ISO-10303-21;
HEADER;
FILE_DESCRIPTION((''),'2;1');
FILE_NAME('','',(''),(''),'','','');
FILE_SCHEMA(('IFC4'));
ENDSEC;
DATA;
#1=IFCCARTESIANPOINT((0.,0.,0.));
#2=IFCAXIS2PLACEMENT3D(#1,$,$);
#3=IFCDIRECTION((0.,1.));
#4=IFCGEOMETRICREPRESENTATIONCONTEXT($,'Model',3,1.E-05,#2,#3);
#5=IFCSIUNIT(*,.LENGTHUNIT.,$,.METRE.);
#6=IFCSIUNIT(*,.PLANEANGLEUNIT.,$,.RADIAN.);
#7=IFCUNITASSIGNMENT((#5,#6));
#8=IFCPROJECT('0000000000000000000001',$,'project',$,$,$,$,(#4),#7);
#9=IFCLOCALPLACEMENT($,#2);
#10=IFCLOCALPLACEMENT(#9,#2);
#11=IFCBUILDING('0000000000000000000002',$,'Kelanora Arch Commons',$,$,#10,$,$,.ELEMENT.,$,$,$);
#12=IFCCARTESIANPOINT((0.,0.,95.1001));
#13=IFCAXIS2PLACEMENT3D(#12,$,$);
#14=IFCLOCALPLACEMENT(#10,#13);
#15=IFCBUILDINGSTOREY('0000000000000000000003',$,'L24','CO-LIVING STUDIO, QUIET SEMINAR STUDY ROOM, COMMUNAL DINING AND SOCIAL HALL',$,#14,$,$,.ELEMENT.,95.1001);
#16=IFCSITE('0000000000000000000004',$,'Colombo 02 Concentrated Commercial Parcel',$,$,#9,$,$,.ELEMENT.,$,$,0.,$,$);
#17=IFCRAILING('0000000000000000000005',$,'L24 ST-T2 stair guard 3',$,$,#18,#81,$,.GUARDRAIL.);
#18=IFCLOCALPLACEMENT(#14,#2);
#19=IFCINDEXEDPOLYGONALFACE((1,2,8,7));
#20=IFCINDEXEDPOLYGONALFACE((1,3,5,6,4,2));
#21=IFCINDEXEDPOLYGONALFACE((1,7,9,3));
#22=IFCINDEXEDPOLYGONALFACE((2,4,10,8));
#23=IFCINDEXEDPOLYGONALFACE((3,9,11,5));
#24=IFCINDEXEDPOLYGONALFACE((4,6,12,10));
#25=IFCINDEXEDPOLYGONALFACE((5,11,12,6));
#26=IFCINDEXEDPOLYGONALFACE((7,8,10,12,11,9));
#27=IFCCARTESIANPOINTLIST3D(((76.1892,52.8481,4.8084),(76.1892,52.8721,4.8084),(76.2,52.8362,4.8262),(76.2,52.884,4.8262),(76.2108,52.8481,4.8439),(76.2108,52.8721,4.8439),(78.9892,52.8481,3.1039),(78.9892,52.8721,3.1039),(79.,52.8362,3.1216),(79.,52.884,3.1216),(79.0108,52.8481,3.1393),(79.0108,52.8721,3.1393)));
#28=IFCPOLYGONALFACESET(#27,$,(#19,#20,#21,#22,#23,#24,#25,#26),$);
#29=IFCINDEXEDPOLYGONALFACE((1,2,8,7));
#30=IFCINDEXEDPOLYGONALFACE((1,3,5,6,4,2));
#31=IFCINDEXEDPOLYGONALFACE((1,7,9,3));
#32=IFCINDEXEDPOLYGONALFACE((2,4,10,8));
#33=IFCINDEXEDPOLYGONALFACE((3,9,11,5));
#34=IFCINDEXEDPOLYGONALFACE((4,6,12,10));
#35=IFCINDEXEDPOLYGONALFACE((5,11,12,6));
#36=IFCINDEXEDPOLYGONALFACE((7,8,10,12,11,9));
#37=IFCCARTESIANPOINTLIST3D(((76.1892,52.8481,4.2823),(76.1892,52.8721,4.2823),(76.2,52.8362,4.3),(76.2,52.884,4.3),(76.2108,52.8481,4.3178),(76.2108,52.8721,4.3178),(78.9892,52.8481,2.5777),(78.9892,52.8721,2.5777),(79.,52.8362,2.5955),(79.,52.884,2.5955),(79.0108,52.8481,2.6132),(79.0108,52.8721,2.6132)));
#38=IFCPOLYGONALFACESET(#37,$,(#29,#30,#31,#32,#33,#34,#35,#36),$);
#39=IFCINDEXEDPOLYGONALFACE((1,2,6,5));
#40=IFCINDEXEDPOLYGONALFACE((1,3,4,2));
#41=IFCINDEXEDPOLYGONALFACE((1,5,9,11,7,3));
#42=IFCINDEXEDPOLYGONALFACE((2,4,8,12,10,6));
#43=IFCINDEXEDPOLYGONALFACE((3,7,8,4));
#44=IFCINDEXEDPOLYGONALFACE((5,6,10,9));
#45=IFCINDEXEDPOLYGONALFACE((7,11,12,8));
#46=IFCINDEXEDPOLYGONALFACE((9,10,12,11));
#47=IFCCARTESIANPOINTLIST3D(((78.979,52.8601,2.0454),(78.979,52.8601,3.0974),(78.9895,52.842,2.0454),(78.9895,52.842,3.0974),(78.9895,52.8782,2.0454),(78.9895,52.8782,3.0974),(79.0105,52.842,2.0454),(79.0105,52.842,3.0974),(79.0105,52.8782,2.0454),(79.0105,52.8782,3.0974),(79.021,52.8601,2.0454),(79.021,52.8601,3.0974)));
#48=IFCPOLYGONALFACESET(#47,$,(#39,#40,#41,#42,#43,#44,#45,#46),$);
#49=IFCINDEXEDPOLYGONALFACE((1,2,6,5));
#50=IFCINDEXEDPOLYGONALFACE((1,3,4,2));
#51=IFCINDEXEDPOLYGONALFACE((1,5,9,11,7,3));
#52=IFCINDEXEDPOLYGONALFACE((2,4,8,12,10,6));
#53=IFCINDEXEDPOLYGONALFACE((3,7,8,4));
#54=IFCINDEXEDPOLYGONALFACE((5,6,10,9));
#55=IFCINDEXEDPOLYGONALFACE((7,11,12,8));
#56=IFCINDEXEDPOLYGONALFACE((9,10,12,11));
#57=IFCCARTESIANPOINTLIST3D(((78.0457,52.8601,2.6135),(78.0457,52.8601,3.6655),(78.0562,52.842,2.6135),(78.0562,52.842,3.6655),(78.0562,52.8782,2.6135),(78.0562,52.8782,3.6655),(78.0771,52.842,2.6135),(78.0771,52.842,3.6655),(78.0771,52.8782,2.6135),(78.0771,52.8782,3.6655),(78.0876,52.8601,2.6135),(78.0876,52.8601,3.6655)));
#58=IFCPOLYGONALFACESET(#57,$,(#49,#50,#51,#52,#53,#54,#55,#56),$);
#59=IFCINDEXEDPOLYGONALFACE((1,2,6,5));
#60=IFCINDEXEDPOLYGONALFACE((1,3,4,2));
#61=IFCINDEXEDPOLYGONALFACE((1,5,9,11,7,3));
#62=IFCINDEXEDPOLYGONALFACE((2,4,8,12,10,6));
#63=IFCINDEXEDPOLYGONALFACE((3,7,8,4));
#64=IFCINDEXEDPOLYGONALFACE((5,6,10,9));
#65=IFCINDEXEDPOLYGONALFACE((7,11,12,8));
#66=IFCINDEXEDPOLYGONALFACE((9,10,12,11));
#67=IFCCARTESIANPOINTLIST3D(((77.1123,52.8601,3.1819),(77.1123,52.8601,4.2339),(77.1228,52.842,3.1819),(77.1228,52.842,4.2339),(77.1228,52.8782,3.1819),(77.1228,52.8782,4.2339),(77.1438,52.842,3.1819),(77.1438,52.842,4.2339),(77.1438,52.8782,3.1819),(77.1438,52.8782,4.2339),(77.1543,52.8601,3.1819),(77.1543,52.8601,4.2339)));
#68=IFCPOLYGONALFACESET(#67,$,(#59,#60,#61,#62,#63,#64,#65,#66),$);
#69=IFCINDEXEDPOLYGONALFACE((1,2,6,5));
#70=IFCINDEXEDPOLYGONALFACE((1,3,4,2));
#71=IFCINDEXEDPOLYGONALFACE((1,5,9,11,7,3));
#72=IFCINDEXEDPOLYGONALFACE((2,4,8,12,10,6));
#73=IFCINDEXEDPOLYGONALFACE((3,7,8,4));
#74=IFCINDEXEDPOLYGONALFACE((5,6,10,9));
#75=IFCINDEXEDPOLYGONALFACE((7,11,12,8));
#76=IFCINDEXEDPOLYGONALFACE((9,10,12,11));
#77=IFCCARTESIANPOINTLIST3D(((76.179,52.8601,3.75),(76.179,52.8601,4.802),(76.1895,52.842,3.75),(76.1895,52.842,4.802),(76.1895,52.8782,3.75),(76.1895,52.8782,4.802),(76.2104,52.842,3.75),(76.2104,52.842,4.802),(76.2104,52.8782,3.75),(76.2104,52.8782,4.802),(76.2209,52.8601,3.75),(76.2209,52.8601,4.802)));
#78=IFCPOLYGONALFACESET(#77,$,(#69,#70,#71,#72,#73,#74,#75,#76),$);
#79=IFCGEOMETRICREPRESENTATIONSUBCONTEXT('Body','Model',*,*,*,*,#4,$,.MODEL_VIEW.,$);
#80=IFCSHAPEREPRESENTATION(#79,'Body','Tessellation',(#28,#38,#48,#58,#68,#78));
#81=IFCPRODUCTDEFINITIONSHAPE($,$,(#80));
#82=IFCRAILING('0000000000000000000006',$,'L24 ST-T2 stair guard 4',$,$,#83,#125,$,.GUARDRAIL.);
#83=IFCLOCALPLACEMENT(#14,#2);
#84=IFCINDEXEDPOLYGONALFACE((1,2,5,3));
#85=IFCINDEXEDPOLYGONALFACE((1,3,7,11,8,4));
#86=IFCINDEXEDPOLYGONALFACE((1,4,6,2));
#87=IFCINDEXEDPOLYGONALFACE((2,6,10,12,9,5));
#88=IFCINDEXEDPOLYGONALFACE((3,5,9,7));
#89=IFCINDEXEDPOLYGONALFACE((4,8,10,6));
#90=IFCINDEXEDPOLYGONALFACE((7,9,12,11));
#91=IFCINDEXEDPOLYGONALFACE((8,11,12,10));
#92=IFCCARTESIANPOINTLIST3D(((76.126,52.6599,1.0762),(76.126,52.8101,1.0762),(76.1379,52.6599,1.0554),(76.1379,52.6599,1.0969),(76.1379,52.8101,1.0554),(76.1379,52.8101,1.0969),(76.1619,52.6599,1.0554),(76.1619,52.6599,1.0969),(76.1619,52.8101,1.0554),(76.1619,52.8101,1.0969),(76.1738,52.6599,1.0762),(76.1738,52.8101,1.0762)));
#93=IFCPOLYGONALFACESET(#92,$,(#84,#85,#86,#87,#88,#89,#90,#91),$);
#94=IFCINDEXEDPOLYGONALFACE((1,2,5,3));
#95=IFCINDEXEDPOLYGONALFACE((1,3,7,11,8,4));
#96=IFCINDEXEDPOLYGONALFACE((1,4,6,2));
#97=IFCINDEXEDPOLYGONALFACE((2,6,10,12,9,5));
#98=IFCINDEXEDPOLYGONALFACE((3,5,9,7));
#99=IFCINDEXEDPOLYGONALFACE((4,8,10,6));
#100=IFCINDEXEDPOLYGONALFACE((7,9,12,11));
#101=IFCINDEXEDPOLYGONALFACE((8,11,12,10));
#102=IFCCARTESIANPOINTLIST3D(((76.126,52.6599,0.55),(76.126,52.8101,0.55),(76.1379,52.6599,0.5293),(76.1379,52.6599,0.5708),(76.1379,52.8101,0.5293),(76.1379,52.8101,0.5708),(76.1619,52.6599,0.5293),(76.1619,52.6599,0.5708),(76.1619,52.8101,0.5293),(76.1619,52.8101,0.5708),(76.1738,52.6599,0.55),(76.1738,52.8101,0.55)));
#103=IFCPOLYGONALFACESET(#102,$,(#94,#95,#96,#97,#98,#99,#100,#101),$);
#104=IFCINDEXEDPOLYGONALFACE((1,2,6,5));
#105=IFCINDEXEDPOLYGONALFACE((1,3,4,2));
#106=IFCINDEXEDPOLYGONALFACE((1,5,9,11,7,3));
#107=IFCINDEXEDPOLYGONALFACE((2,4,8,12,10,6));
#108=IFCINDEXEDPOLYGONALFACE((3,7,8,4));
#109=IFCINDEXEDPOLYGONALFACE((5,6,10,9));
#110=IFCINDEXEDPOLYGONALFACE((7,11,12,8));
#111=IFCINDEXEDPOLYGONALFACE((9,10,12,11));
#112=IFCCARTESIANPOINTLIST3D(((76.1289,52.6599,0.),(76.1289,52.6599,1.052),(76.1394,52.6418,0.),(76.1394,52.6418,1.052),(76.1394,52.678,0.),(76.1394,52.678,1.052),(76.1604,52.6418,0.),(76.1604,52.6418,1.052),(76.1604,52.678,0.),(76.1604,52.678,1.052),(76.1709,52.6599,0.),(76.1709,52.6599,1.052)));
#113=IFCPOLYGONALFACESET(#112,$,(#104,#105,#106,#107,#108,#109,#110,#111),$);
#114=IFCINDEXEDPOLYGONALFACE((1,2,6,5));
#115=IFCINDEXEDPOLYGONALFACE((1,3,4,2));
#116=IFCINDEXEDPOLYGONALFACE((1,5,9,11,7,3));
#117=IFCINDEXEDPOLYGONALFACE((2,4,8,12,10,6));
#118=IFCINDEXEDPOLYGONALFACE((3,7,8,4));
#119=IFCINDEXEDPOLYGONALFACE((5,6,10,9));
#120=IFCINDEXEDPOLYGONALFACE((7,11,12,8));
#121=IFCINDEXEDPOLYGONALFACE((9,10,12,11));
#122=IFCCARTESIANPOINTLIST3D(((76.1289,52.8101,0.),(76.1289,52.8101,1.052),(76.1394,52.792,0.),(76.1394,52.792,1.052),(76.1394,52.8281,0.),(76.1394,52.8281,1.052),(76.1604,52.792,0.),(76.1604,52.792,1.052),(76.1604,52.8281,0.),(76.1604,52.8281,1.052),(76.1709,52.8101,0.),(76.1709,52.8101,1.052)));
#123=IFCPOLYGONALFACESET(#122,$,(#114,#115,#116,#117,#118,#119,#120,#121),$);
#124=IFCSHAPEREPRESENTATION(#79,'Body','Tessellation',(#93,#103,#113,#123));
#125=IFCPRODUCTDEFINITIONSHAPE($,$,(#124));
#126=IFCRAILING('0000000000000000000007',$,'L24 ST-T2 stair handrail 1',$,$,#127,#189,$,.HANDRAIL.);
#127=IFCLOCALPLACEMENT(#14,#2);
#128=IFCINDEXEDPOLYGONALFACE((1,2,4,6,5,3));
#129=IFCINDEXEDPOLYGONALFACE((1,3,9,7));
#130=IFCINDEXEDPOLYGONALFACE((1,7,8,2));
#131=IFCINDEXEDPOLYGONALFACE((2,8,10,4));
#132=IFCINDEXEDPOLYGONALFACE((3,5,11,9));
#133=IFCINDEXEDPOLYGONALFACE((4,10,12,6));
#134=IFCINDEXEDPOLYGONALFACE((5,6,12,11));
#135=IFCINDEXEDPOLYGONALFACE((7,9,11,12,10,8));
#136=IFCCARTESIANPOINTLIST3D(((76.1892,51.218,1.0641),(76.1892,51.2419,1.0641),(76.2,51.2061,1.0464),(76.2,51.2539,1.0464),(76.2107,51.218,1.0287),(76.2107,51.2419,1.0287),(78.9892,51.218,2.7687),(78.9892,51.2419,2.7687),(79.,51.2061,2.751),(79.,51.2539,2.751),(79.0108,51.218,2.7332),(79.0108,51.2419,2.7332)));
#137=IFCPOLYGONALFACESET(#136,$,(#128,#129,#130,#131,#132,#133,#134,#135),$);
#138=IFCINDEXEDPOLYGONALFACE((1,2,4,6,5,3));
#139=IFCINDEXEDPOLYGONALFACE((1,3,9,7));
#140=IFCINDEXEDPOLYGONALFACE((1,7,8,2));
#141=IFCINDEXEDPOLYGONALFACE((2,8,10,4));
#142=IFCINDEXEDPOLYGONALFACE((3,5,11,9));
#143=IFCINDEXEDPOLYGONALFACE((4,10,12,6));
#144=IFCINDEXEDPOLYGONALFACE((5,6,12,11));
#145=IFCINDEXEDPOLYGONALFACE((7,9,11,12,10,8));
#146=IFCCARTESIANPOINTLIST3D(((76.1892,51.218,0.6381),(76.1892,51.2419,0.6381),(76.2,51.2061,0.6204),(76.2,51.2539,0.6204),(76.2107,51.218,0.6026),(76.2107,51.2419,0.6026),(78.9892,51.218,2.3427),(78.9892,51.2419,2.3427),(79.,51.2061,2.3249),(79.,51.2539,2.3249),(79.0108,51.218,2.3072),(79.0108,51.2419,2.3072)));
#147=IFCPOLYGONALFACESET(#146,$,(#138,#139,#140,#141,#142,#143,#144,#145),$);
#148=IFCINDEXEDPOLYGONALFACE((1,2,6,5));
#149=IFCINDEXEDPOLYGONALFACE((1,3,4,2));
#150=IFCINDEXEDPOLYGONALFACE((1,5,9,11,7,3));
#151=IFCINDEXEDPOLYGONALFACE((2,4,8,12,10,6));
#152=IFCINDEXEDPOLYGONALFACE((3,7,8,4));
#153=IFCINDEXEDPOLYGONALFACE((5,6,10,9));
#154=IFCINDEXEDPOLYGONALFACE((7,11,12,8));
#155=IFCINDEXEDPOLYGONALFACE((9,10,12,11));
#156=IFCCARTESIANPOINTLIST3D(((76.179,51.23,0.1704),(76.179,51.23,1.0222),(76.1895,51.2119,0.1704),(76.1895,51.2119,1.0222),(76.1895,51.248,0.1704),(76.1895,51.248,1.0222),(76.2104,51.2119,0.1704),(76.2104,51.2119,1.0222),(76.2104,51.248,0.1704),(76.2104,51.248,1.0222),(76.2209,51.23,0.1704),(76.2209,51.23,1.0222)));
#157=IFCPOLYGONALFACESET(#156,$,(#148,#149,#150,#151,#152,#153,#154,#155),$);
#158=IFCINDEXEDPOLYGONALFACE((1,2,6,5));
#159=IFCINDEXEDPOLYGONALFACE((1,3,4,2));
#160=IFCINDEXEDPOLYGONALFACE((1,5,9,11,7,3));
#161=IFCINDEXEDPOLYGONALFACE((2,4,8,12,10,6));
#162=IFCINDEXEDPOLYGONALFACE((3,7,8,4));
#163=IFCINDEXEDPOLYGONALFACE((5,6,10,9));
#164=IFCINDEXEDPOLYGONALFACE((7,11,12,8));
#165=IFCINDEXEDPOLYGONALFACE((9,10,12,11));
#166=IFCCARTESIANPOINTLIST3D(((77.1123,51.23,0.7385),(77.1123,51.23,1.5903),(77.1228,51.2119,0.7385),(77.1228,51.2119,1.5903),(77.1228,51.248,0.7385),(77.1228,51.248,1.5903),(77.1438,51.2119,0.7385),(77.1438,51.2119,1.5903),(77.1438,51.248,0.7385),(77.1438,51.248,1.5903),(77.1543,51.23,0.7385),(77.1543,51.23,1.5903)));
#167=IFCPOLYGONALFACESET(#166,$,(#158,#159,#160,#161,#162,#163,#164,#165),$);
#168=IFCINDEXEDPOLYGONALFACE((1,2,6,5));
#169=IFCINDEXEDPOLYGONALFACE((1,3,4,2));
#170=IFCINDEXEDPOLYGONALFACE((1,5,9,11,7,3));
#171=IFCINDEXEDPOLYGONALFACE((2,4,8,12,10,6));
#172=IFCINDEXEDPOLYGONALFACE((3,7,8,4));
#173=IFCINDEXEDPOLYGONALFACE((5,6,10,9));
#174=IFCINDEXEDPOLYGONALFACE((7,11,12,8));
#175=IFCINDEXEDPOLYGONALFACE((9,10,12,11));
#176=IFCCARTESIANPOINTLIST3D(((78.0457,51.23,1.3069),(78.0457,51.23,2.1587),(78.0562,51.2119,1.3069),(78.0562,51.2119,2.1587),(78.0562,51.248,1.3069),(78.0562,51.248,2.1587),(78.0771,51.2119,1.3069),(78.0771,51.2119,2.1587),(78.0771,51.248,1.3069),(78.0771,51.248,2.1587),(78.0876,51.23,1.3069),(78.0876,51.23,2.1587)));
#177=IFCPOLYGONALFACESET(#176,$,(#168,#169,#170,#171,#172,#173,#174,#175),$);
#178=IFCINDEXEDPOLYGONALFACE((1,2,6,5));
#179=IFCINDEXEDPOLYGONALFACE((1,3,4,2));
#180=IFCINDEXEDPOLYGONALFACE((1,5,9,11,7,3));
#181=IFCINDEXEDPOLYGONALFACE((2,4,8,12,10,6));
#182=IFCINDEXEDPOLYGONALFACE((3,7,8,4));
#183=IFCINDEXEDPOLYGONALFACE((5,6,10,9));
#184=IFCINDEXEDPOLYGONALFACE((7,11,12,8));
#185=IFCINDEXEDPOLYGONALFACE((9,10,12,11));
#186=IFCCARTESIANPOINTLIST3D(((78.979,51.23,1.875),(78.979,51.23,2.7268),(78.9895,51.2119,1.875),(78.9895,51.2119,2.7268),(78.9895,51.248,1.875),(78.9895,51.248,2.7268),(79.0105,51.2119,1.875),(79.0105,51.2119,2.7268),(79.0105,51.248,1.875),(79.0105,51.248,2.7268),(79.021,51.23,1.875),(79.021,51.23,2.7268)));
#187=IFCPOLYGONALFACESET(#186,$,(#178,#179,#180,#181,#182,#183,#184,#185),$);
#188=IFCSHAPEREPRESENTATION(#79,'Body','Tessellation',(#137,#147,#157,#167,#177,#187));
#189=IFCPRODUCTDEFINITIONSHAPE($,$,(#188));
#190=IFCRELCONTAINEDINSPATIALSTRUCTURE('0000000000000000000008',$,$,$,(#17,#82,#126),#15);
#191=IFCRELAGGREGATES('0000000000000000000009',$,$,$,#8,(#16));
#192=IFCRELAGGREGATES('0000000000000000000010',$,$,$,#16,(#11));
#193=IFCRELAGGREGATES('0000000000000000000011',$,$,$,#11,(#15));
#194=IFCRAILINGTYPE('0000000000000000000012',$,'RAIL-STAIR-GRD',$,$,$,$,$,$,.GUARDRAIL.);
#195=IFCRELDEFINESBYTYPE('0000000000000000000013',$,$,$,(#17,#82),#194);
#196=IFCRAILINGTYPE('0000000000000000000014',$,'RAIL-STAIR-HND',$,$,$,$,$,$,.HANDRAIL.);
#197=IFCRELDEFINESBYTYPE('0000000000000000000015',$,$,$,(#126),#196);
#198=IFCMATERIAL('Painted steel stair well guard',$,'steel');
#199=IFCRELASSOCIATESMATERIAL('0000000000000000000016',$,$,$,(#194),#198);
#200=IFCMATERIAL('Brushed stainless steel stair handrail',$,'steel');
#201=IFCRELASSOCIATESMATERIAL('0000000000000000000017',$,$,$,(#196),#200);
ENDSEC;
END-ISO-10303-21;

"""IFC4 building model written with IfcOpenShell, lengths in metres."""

from ifc_helpers import new_model, si_unit, direction, frame, origin, place, context, subcontext, project, spatial, polyline, outline, extrude, material, type_object, element, save


model = new_model("IFC4")

# Units and contexts
model_context = context("Model", 3, precision=1e-05, world=origin(), true_north=direction((0.0, 1.0)))
body_context = subcontext(model_context, "Body", "Model", "MODEL_VIEW")
ifc_project = project(units=[si_unit("LENGTHUNIT", "METRE"), si_unit("PLANEANGLEUNIT", "RADIAN")], contexts=[model_context])

# Site, building, storey
site_placement = place(None, origin())
site = spatial("IfcSite", under=ifc_project, at=site_placement, Name="Colombo 02 Concentrated Commercial Parcel", CompositionType="ELEMENT", RefElevation=0.0)
building_placement = place(site_placement, origin())
building = spatial("IfcBuilding", under=site, at=building_placement, Name="Kelanora Arch Commons", CompositionType="ELEMENT")
storey_placement = place(building_placement, frame((0.0, 0.0, 95.1001)))
storey = spatial("IfcBuildingStorey", under=building, at=storey_placement, Name="L24", Description="CO-LIVING STUDIO, QUIET SEMINAR STUDY ROOM, COMMUNAL DINING AND SOCIAL HALL", CompositionType="ELEMENT", Elevation=95.1001)

# Railings
ifc_material_1 = material(Name="Painted steel stair well guard", Category="steel")
railing_type_1 = type_object("IfcRailingType", Name="RAIL-STAIR-GRD", PredefinedType="GUARDRAIL", material=ifc_material_1)
railing_1_placement = place(storey_placement, frame((79.0, 52.8601, 2.0454)))
element("IfcRailing", 1, at=railing_1_placement, inside=storey, type_object=railing_type_1, Name="L24 ST-T2 stair guard 3", PredefinedType="GUARDRAIL", context=body_context, shape_type="SweptSolid", body=[
    extrude(outline(polyline([(0.0239, 0.0), (0.012, 0.0208), (-0.012, 0.0208), (-0.0239, 0.0), (-0.012, -0.0208), (0.012, -0.0208), (0.0239, 0.0)])), frame((0.0, 0.0, 1.0762), z_axis=(-0.85417, 0.0, 0.519994), x_axis=(0.0, -1.0, 0.0)), (0.0, 0.0, 1.0), 3.2781),
    extrude(outline(polyline([(0.0239, 0.0), (0.012, 0.0208), (-0.012, 0.0208), (-0.0239, 0.0), (-0.012, -0.0208), (0.012, -0.0208), (0.0239, 0.0)])), frame((0.0, 0.0, 0.55), z_axis=(-0.85417, 0.0, 0.519994), x_axis=(0.0, -1.0, 0.0)), (0.0, 0.0, 1.0), 3.2781),
    extrude(outline(polyline([(0.021, 0.0), (0.0105, 0.0181), (-0.0105, 0.0181), (-0.021, 0.0), (-0.0105, -0.0181), (0.0105, -0.0181), (0.021, 0.0)])), origin(), (0.0, 0.0, 1.0), 1.052),
    extrude(outline(polyline([(0.021, 0.0), (0.0105, 0.0181), (-0.0105, 0.0181), (-0.021, 0.0), (-0.0105, -0.0181), (0.0105, -0.0181), (0.021, 0.0)])), frame((-0.9333, 0.0, 0.5681)), (0.0, 0.0, 1.0), 1.052),
    extrude(outline(polyline([(0.021, 0.0), (0.0105, 0.0181), (-0.0105, 0.0181), (-0.021, 0.0), (-0.0105, -0.0181), (0.0105, -0.0181), (0.021, 0.0)])), frame((-1.8667, 0.0, 1.1365)), (0.0, 0.0, 1.0), 1.052),
    extrude(outline(polyline([(0.021, 0.0), (0.0105, 0.0181), (-0.0105, 0.0181), (-0.021, 0.0), (-0.0105, -0.0181), (0.0105, -0.0181), (0.021, 0.0)])), frame((-2.8, 0.0, 1.7046)), (0.0, 0.0, 1.0), 1.052),
])
railing_2_placement = place(storey_placement, frame((76.1499, 52.6599, 0.0)))
element("IfcRailing", 2, at=railing_2_placement, inside=storey, type_object=railing_type_1, Name="L24 ST-T2 stair guard 4", PredefinedType="GUARDRAIL", context=body_context, shape_type="SweptSolid", body=[
    extrude(outline(polyline([(0.0239, 0.0), (0.012, 0.0208), (-0.012, 0.0208), (-0.0239, 0.0), (-0.012, -0.0208), (0.012, -0.0208), (0.0239, 0.0)])), frame((0.0, 0.0, 1.0762), z_axis=(0.0, 1.0, 0.0), x_axis=(-1.0, 0.0, 0.0)), (0.0, 0.0, 1.0), 0.1501),
    extrude(outline(polyline([(0.0239, 0.0), (0.012, 0.0208), (-0.012, 0.0208), (-0.0239, 0.0), (-0.012, -0.0208), (0.012, -0.0208), (0.0239, 0.0)])), frame((0.0, 0.0, 0.55), z_axis=(0.0, 1.0, 0.0), x_axis=(-1.0, 0.0, 0.0)), (0.0, 0.0, 1.0), 0.1501),
    extrude(outline(polyline([(0.021, 0.0), (0.0105, 0.0181), (-0.0105, 0.0181), (-0.021, 0.0), (-0.0105, -0.0181), (0.0105, -0.0181), (0.021, 0.0)])), origin(), (0.0, 0.0, 1.0), 1.052),
    extrude(outline(polyline([(0.021, 0.0), (0.0105, 0.0181), (-0.0105, 0.0181), (-0.021, 0.0), (-0.0105, -0.0181), (0.0105, -0.0181), (0.021, 0.0)])), frame((0.0, 0.1501, 0.0)), (0.0, 0.0, 1.0), 1.052),
])
ifc_material_2 = material(Name="Brushed stainless steel stair handrail", Category="steel")
railing_type_2 = type_object("IfcRailingType", Name="RAIL-STAIR-HND", PredefinedType="HANDRAIL", material=ifc_material_2)
railing_3_placement = place(storey_placement, frame((76.2, 51.23, 0.1704)))
element("IfcRailing", 3, at=railing_3_placement, inside=storey, type_object=railing_type_2, Name="L24 ST-T2 stair handrail 1", PredefinedType="HANDRAIL", context=body_context, shape_type="SweptSolid", body=[
    extrude(outline(polyline([(0.0239, 0.0), (0.012, 0.0208), (-0.012, 0.0208), (-0.0239, 0.0), (-0.012, -0.0208), (0.012, -0.0208), (0.0239, 0.0)])), frame((0.0, 0.0, 0.876), z_axis=(0.85417, 0.0, 0.519994), x_axis=(0.0, 1.0, 0.0)), (0.0, 0.0, 1.0), 3.2781),
    extrude(outline(polyline([(0.0239, 0.0), (0.012, 0.0208), (-0.012, 0.0208), (-0.0239, 0.0), (-0.012, -0.0208), (0.012, -0.0208), (0.0239, 0.0)])), frame((0.0, 0.0, 0.45), z_axis=(0.85417, 0.0, 0.519994), x_axis=(0.0, 1.0, 0.0)), (0.0, 0.0, 1.0), 3.2781),
    extrude(outline(polyline([(0.021, 0.0), (0.0105, 0.0181), (-0.0105, 0.0181), (-0.021, 0.0), (-0.0105, -0.0181), (0.0105, -0.0181), (0.021, 0.0)])), origin(), (0.0, 0.0, 1.0), 0.8518),
    extrude(outline(polyline([(0.021, 0.0), (0.0105, 0.0181), (-0.0105, 0.0181), (-0.021, 0.0), (-0.0105, -0.0181), (0.0105, -0.0181), (0.021, 0.0)])), frame((0.9333, 0.0, 0.5681)), (0.0, 0.0, 1.0), 0.8518),
    extrude(outline(polyline([(0.021, 0.0), (0.0105, 0.0181), (-0.0105, 0.0181), (-0.021, 0.0), (-0.0105, -0.0181), (0.0105, -0.0181), (0.021, 0.0)])), frame((1.8667, 0.0, 1.1365)), (0.0, 0.0, 1.0), 0.8518),
    extrude(outline(polyline([(0.021, 0.0), (0.0105, 0.0181), (-0.0105, 0.0181), (-0.021, 0.0), (-0.0105, -0.0181), (0.0105, -0.0181), (0.021, 0.0)])), frame((2.8, 0.0, 1.7046)), (0.0, 0.0, 1.0), 0.8518),
])

save(model, "model.ifc")
